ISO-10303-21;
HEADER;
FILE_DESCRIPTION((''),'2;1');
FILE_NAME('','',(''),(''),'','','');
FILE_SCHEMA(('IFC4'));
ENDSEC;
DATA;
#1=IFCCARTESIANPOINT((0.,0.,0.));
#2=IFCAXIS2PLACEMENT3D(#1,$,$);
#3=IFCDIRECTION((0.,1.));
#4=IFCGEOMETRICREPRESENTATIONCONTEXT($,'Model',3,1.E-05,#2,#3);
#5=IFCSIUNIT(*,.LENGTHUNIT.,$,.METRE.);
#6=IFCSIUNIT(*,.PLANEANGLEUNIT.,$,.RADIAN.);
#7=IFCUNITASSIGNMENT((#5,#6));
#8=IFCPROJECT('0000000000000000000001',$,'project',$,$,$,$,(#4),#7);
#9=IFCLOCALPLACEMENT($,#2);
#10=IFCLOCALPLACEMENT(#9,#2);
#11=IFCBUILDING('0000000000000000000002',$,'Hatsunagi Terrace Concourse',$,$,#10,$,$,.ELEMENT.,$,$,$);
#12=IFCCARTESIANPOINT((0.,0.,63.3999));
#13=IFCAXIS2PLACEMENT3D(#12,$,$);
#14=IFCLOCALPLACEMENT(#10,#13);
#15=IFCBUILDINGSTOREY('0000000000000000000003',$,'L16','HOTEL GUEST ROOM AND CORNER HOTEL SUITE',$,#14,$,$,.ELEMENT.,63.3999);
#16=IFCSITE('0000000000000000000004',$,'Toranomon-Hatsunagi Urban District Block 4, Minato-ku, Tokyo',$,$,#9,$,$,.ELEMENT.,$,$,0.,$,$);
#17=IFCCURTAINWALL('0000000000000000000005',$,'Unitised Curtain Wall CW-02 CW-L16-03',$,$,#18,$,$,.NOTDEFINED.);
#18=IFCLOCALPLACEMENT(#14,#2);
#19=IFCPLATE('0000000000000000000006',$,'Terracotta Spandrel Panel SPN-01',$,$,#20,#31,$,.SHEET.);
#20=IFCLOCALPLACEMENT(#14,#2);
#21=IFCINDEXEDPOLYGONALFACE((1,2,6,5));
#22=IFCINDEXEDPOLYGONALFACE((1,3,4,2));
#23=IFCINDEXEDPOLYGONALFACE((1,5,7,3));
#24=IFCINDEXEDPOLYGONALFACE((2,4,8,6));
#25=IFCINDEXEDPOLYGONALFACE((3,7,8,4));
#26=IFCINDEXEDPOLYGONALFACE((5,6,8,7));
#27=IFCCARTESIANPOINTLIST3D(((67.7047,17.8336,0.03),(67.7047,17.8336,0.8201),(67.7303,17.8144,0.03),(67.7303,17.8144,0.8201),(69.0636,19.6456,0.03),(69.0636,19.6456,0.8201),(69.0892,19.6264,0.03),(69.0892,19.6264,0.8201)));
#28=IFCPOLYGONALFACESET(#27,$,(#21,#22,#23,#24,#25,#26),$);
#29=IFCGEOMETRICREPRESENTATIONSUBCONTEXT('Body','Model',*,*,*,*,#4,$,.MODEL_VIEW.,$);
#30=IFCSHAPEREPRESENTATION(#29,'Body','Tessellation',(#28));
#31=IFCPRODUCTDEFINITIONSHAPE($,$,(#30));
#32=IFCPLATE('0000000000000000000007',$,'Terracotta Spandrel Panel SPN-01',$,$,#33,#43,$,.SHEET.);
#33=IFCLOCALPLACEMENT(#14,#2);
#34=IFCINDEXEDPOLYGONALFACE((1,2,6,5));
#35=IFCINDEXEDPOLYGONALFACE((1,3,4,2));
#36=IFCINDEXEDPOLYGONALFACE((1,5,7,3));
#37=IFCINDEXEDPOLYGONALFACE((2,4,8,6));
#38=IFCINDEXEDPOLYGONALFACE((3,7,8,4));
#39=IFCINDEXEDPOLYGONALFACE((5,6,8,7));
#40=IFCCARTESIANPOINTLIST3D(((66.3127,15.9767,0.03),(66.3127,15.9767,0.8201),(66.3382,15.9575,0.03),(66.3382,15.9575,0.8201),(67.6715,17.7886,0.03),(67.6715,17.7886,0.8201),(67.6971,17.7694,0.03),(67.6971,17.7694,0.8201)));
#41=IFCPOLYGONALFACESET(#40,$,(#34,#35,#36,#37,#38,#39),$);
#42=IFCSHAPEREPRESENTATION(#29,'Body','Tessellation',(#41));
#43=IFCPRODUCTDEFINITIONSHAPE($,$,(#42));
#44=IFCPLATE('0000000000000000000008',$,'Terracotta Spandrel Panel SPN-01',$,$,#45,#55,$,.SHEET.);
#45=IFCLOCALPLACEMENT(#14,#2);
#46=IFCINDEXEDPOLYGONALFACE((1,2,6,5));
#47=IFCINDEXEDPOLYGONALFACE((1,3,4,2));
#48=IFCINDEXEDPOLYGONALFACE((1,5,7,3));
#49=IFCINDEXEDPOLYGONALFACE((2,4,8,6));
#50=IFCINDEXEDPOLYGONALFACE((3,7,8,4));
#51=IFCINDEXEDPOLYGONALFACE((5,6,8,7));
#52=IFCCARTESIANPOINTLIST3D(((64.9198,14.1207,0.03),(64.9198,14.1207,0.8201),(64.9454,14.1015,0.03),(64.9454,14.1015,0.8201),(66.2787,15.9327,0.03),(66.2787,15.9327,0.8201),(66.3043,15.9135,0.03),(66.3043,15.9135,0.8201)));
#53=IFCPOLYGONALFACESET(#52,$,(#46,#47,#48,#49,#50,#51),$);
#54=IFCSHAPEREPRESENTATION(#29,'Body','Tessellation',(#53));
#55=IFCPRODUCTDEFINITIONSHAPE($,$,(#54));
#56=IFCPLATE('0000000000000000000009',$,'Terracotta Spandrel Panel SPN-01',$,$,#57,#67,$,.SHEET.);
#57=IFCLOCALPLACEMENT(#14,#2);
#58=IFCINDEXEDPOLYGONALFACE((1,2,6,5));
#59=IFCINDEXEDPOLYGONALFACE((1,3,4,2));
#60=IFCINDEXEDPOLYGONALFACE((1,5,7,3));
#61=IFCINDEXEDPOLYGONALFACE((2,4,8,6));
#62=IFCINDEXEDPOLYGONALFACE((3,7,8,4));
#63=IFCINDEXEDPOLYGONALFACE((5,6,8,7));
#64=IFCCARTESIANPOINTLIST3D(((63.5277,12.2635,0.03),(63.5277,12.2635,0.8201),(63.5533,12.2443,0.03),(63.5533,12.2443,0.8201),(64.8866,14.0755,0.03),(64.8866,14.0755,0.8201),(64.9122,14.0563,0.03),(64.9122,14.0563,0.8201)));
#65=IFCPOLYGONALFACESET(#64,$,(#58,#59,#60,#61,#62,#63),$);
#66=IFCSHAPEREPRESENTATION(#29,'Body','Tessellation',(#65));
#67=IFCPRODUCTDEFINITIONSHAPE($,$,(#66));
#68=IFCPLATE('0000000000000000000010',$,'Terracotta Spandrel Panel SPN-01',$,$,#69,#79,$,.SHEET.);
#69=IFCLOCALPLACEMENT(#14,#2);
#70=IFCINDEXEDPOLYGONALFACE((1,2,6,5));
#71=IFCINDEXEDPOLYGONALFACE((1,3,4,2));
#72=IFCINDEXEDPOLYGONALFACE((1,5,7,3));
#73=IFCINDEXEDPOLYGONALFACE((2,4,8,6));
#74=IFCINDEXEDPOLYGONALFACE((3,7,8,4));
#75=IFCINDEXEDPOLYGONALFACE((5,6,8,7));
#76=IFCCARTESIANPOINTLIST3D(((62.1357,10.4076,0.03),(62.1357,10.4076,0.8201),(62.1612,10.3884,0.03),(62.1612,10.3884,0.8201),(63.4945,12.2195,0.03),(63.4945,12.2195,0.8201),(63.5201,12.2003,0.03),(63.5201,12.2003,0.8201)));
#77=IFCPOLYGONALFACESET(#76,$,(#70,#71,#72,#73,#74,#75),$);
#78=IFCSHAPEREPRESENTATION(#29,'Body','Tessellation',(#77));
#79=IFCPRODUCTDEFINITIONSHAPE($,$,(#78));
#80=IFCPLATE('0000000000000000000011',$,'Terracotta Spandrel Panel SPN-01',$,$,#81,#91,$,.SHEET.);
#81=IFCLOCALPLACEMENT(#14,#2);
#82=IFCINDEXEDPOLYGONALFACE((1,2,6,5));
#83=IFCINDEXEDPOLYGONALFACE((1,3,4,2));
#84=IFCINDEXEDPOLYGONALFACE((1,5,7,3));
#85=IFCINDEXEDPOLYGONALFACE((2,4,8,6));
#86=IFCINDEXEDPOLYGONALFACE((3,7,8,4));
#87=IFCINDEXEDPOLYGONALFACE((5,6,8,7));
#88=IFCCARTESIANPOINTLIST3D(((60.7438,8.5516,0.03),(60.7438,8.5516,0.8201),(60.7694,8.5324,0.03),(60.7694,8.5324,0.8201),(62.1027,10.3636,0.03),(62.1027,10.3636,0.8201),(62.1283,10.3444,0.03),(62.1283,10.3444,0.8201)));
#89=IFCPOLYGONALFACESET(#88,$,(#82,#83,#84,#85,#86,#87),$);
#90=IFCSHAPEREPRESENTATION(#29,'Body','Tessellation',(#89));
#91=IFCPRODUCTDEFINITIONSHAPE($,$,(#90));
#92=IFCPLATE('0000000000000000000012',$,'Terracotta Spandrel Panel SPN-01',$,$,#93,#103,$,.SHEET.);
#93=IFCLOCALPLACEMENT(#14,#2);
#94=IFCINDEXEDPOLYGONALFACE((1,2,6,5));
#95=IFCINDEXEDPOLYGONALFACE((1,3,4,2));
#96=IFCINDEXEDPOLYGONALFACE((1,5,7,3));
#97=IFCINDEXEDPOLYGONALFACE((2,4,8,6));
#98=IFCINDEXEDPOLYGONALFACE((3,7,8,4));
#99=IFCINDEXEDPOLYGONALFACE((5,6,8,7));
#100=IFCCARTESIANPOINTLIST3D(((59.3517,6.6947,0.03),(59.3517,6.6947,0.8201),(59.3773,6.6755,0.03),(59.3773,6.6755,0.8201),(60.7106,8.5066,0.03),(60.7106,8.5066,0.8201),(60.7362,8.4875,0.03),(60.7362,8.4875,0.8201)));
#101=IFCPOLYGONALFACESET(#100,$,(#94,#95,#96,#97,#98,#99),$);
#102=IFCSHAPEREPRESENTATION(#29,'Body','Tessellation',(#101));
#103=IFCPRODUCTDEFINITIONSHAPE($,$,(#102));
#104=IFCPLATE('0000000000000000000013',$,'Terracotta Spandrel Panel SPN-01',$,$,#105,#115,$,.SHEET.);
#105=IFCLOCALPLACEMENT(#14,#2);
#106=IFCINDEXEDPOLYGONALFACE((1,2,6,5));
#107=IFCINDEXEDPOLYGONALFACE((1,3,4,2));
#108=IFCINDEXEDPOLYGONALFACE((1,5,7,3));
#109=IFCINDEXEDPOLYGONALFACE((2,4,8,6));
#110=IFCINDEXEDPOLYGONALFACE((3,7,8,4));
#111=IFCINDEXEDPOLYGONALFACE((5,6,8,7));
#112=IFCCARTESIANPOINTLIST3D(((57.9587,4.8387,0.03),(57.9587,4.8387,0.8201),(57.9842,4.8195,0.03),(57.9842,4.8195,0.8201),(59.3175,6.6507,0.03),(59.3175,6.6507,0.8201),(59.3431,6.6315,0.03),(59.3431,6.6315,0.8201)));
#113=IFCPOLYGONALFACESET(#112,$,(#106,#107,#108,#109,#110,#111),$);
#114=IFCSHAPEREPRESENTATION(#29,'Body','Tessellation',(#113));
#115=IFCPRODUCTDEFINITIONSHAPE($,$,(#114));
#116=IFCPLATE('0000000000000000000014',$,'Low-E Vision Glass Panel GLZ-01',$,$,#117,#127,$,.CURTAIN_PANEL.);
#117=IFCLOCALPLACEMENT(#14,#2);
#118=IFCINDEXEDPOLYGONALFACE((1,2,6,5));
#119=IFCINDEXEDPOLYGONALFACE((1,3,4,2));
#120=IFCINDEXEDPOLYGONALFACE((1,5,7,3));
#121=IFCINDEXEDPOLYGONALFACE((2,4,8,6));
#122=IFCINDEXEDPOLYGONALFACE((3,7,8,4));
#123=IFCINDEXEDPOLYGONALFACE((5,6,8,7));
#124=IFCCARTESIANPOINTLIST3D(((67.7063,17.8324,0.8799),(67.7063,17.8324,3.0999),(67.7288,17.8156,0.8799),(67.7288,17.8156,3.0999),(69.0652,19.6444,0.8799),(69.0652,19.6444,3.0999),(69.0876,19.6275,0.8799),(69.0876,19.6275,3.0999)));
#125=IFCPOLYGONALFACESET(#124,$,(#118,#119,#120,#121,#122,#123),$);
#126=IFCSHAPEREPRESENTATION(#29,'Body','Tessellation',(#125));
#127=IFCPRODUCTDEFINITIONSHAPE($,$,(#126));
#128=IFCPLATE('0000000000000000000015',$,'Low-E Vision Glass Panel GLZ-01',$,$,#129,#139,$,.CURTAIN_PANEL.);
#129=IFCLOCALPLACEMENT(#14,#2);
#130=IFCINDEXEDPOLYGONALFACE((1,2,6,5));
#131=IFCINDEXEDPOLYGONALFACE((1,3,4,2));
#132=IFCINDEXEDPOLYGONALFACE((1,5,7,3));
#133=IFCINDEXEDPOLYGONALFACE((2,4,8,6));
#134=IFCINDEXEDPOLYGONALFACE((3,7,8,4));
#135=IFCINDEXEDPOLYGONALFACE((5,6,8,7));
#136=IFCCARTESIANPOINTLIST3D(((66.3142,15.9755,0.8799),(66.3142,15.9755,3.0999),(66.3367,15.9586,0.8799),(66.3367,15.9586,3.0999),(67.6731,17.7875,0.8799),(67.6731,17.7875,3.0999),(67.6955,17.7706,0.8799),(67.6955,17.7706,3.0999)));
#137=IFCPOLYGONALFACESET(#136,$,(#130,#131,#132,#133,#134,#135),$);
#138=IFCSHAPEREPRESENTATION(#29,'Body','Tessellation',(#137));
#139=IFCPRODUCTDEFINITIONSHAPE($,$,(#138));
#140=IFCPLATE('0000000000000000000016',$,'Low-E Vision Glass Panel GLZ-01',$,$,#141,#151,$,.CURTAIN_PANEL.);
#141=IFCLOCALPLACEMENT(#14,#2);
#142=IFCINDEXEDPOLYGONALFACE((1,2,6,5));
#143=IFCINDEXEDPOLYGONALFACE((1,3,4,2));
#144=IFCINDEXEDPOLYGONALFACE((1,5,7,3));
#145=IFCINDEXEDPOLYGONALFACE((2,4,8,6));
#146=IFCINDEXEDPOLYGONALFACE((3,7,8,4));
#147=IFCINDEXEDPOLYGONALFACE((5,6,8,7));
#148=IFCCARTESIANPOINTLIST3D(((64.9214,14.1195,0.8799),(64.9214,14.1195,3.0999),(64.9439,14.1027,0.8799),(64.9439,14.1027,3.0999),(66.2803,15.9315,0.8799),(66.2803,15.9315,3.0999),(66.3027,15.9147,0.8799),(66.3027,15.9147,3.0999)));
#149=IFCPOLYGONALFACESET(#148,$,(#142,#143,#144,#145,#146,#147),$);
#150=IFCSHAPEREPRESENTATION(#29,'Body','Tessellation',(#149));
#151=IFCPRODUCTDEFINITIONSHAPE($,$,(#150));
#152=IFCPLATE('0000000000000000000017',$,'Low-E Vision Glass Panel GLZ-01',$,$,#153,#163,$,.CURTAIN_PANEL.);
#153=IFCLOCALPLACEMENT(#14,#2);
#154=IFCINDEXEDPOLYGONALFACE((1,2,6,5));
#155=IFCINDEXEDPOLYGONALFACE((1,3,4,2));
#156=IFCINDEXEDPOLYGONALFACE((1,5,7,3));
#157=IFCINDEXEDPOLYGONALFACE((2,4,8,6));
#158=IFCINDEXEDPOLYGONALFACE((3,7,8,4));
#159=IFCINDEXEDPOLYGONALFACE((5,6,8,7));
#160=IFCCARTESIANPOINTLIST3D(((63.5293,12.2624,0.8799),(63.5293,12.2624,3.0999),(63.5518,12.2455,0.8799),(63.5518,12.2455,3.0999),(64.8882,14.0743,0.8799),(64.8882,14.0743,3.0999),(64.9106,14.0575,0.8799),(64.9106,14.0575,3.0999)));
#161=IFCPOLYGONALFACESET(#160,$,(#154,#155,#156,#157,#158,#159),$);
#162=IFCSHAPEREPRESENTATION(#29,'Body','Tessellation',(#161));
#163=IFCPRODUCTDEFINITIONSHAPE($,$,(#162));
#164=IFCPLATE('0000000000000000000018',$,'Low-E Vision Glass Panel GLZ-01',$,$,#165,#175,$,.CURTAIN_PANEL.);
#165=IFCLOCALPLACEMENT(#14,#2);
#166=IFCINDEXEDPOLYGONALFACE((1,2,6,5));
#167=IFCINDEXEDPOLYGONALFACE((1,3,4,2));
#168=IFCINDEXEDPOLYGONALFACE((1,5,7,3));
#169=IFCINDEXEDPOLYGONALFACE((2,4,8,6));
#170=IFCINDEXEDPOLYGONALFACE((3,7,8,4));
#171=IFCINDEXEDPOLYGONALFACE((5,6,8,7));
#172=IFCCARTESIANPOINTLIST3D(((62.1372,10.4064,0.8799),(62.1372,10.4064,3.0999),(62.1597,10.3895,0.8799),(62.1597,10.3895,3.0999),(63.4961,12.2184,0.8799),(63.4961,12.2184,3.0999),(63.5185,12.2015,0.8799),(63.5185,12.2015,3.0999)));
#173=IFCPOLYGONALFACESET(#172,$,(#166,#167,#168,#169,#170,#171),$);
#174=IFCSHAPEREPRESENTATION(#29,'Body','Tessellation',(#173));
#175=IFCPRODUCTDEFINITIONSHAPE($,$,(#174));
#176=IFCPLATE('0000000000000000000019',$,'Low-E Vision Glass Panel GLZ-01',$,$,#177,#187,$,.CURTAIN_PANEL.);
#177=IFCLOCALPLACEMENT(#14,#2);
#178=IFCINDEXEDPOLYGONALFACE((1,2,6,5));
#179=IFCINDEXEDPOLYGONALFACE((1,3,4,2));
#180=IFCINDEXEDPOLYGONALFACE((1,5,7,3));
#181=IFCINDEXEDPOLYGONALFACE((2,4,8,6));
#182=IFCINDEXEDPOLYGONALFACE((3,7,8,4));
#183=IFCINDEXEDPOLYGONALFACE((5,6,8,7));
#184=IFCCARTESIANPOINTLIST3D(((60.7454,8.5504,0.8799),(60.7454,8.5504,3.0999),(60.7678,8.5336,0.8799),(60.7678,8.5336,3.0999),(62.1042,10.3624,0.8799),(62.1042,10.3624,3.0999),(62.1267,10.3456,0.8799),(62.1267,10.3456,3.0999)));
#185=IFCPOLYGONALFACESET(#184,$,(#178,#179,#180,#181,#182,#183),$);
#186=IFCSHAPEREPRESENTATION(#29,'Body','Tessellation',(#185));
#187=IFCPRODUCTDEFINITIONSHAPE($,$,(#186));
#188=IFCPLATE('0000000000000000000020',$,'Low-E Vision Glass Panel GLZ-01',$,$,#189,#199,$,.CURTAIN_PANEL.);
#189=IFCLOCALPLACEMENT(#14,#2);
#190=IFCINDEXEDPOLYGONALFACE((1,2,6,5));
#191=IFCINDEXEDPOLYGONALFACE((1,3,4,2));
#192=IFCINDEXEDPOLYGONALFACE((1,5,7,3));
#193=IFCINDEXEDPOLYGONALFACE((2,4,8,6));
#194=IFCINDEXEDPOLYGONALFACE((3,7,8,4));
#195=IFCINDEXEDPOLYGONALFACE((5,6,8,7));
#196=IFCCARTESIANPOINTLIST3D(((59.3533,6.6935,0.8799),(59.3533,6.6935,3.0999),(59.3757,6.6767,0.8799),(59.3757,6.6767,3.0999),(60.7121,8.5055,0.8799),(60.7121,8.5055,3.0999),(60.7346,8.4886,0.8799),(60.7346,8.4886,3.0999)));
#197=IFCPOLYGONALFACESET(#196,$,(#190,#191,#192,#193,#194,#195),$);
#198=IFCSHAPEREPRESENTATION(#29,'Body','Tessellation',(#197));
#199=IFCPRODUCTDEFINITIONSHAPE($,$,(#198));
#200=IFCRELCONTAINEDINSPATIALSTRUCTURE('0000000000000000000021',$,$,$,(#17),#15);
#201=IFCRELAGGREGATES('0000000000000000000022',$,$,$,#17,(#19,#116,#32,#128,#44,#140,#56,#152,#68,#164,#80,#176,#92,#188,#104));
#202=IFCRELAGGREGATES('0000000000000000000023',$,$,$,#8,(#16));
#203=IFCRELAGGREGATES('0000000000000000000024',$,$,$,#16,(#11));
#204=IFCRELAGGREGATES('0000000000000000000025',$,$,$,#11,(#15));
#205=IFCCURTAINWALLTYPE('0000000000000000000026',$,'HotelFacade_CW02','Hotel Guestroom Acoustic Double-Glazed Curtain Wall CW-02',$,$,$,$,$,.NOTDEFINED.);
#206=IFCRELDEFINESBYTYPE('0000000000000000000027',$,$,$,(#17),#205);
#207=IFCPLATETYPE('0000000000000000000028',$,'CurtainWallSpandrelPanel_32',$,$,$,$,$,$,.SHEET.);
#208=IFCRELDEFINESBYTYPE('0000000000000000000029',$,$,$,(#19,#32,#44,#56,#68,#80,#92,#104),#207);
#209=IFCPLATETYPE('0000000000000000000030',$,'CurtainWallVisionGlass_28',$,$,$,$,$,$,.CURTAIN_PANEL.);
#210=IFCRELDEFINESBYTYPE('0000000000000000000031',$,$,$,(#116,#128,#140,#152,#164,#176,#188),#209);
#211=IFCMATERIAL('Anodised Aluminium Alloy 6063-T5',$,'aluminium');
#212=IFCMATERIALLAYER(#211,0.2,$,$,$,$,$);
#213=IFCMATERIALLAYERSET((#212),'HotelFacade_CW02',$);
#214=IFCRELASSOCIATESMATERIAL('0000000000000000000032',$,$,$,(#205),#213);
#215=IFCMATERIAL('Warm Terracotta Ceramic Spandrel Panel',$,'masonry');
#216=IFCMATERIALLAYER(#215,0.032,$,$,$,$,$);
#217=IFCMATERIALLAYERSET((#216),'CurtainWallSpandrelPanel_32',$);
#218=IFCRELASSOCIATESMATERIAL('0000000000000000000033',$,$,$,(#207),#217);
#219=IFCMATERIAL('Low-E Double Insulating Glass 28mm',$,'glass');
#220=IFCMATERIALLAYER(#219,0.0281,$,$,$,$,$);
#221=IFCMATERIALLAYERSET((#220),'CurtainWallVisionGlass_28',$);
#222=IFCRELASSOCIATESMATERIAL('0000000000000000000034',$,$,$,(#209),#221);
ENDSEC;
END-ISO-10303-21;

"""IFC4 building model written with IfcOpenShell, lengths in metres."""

from ifc_helpers import new_model, si_unit, direction, frame, origin, origin_2d, place, context, subcontext, project, spatial, rectangle, extrude, material, layer, layer_set, type_object, element, aggregate, save


model = new_model("IFC4")

# Units and contexts
model_context = context("Model", 3, precision=1e-05, world=origin(), true_north=direction((0.0, 1.0)))
body_context = subcontext(model_context, "Body", "Model", "MODEL_VIEW")
ifc_project = project(units=[si_unit("LENGTHUNIT", "METRE"), si_unit("PLANEANGLEUNIT", "RADIAN")], contexts=[model_context])

# Site, building, storey
site_placement = place(None, origin())
site = spatial("IfcSite", under=ifc_project, at=site_placement, Name="Toranomon-Hatsunagi Urban District Block 4, Minato-ku, Tokyo", CompositionType="ELEMENT", RefElevation=0.0)
building_placement = place(site_placement, origin())
building = spatial("IfcBuilding", under=site, at=building_placement, Name="Hatsunagi Terrace Concourse", CompositionType="ELEMENT")
storey_placement = place(building_placement, frame((0.0, 0.0, 63.3999)))
storey = spatial("IfcBuildingStorey", under=building, at=storey_placement, Name="L16", Description="HOTEL GUEST ROOM AND CORNER HOTEL SUITE", CompositionType="ELEMENT", Elevation=63.3999)

# Curtain wall
ifc_material_1 = material(Name="Anodised Aluminium Alloy 6063-T5", Category="aluminium")
ifc_layer_1 = layer(ifc_material_1, 0.2)
ifc_layer_set_1 = layer_set([ifc_layer_1], Name="HotelFacade_CW02")
curtain_wall_type = type_object("IfcCurtainWallType", Name="HotelFacade_CW02", Description="Hotel Guestroom Acoustic Double-Glazed Curtain Wall CW-02", PredefinedType="NOTDEFINED", material=ifc_layer_set_1)
curtain_wall_placement = place(storey_placement, origin())
curtain_wall = element("IfcCurtainWall", 1, at=curtain_wall_placement, inside=storey, type_object=curtain_wall_type, Name="Unitised Curtain Wall CW-02 CW-L16-03", PredefinedType="NOTDEFINED")

# Plates
ifc_material_2 = material(Name="Warm Terracotta Ceramic Spandrel Panel", Category="masonry")
ifc_layer_2 = layer(ifc_material_2, 0.032)
ifc_layer_set_2 = layer_set([ifc_layer_2], Name="CurtainWallSpandrelPanel_32")
plate_type_1 = type_object("IfcPlateType", Name="CurtainWallSpandrelPanel_32", PredefinedType="SHEET", material=ifc_layer_set_2)
plate_1_placement = place(storey_placement, frame((68.397, 18.73, 0.03), z_axis=(0.0, 0.0, 1.0), x_axis=(-0.599969, -0.800023, 0.0)))
plate_1 = element("IfcPlate", 2, at=plate_1_placement, type_object=plate_type_1, Name="Terracotta Spandrel Panel SPN-01", PredefinedType="SHEET", context=body_context, shape_type="SweptSolid", body=[
    extrude(rectangle(XDim=2.2649, YDim=0.032, at=origin_2d()), origin(), (0.0, 0.0, 1.0), 0.79),
])
plate_2_placement = place(storey_placement, frame((67.0049, 16.873, 0.03), z_axis=(0.0, 0.0, 1.0), x_axis=(-0.599969, -0.800023, 0.0)))
plate_2 = element("IfcPlate", 3, at=plate_2_placement, type_object=plate_type_1, Name="Terracotta Spandrel Panel SPN-01", PredefinedType="SHEET", context=body_context, shape_type="SweptSolid", body=[
    extrude(rectangle(XDim=2.2649, YDim=0.032, at=origin_2d()), origin(), (0.0, 0.0, 1.0), 0.79),
])
plate_3_placement = place(storey_placement, frame((65.6121, 15.0171, 0.03), z_axis=(0.0, 0.0, 1.0), x_axis=(-0.599969, -0.800023, 0.0)))
plate_3 = element("IfcPlate", 4, at=plate_3_placement, type_object=plate_type_1, Name="Terracotta Spandrel Panel SPN-01", PredefinedType="SHEET", context=body_context, shape_type="SweptSolid", body=[
    extrude(rectangle(XDim=2.2649, YDim=0.032, at=origin_2d()), origin(), (0.0, 0.0, 1.0), 0.79),
])
plate_4_placement = place(storey_placement, frame((64.22, 13.1599, 0.03), z_axis=(0.0, 0.0, 1.0), x_axis=(-0.599969, -0.800023, 0.0)))
plate_4 = element("IfcPlate", 5, at=plate_4_placement, type_object=plate_type_1, Name="Terracotta Spandrel Panel SPN-01", PredefinedType="SHEET", context=body_context, shape_type="SweptSolid", body=[
    extrude(rectangle(XDim=2.2649, YDim=0.032, at=origin_2d()), origin(), (0.0, 0.0, 1.0), 0.79),
])
plate_5_placement = place(storey_placement, frame((62.8279, 11.304, 0.03), z_axis=(0.0, 0.0, 1.0), x_axis=(-0.599969, -0.800023, 0.0)))
plate_5 = element("IfcPlate", 6, at=plate_5_placement, type_object=plate_type_1, Name="Terracotta Spandrel Panel SPN-01", PredefinedType="SHEET", context=body_context, shape_type="SweptSolid", body=[
    extrude(rectangle(XDim=2.2649, YDim=0.032, at=origin_2d()), origin(), (0.0, 0.0, 1.0), 0.79),
])
plate_6_placement = place(storey_placement, frame((61.436, 9.448, 0.03), z_axis=(0.0, 0.0, 1.0), x_axis=(-0.599969, -0.800023, 0.0)))
plate_6 = element("IfcPlate", 7, at=plate_6_placement, type_object=plate_type_1, Name="Terracotta Spandrel Panel SPN-01", PredefinedType="SHEET", context=body_context, shape_type="SweptSolid", body=[
    extrude(rectangle(XDim=2.2649, YDim=0.032, at=origin_2d()), origin(), (0.0, 0.0, 1.0), 0.79),
])
plate_7_placement = place(storey_placement, frame((60.0439, 7.5911, 0.03), z_axis=(0.0, 0.0, 1.0), x_axis=(-0.599969, -0.800023, 0.0)))
plate_7 = element("IfcPlate", 8, at=plate_7_placement, type_object=plate_type_1, Name="Terracotta Spandrel Panel SPN-01", PredefinedType="SHEET", context=body_context, shape_type="SweptSolid", body=[
    extrude(rectangle(XDim=2.2649, YDim=0.032, at=origin_2d()), origin(), (0.0, 0.0, 1.0), 0.79),
])
plate_8_placement = place(storey_placement, frame((58.6509, 5.7351, 0.03), z_axis=(0.0, 0.0, 1.0), x_axis=(-0.599969, -0.800023, 0.0)))
plate_8 = element("IfcPlate", 9, at=plate_8_placement, type_object=plate_type_1, Name="Terracotta Spandrel Panel SPN-01", PredefinedType="SHEET", context=body_context, shape_type="SweptSolid", body=[
    extrude(rectangle(XDim=2.2649, YDim=0.032, at=origin_2d()), origin(), (0.0, 0.0, 1.0), 0.79),
])
ifc_material_3 = material(Name="Low-E Double Insulating Glass 28mm", Category="glass")
ifc_layer_3 = layer(ifc_material_3, 0.0281)
ifc_layer_set_3 = layer_set([ifc_layer_3], Name="CurtainWallVisionGlass_28")
plate_type_2 = type_object("IfcPlateType", Name="CurtainWallVisionGlass_28", PredefinedType="CURTAIN_PANEL", material=ifc_layer_set_3)
plate_9_placement = place(storey_placement, frame((68.397, 18.73, 0.8799), z_axis=(0.0, 0.0, 1.0), x_axis=(-0.599969, -0.800023, 0.0)))
plate_9 = element("IfcPlate", 10, at=plate_9_placement, type_object=plate_type_2, Name="Low-E Vision Glass Panel GLZ-01", PredefinedType="CURTAIN_PANEL", context=body_context, shape_type="SweptSolid", body=[
    extrude(rectangle(XDim=2.2649, YDim=0.0281, at=origin_2d()), origin(), (0.0, 0.0, 1.0), 2.22),
])
plate_10_placement = place(storey_placement, frame((67.0049, 16.873, 0.8799), z_axis=(0.0, 0.0, 1.0), x_axis=(-0.599969, -0.800023, 0.0)))
plate_10 = element("IfcPlate", 11, at=plate_10_placement, type_object=plate_type_2, Name="Low-E Vision Glass Panel GLZ-01", PredefinedType="CURTAIN_PANEL", context=body_context, shape_type="SweptSolid", body=[
    extrude(rectangle(XDim=2.2649, YDim=0.0281, at=origin_2d()), origin(), (0.0, 0.0, 1.0), 2.22),
])
plate_11_placement = place(storey_placement, frame((65.6121, 15.0171, 0.8799), z_axis=(0.0, 0.0, 1.0), x_axis=(-0.599969, -0.800023, 0.0)))
plate_11 = element("IfcPlate", 12, at=plate_11_placement, type_object=plate_type_2, Name="Low-E Vision Glass Panel GLZ-01", PredefinedType="CURTAIN_PANEL", context=body_context, shape_type="SweptSolid", body=[
    extrude(rectangle(XDim=2.2649, YDim=0.0281, at=origin_2d()), origin(), (0.0, 0.0, 1.0), 2.22),
])
plate_12_placement = place(storey_placement, frame((64.22, 13.1599, 0.8799), z_axis=(0.0, 0.0, 1.0), x_axis=(-0.599969, -0.800023, 0.0)))
plate_12 = element("IfcPlate", 13, at=plate_12_placement, type_object=plate_type_2, Name="Low-E Vision Glass Panel GLZ-01", PredefinedType="CURTAIN_PANEL", context=body_context, shape_type="SweptSolid", body=[
    extrude(rectangle(XDim=2.2649, YDim=0.0281, at=origin_2d()), origin(), (0.0, 0.0, 1.0), 2.22),
])
plate_13_placement = place(storey_placement, frame((62.8279, 11.304, 0.8799), z_axis=(0.0, 0.0, 1.0), x_axis=(-0.599969, -0.800023, 0.0)))
plate_13 = element("IfcPlate", 14, at=plate_13_placement, type_object=plate_type_2, Name="Low-E Vision Glass Panel GLZ-01", PredefinedType="CURTAIN_PANEL", context=body_context, shape_type="SweptSolid", body=[
    extrude(rectangle(XDim=2.2649, YDim=0.0281, at=origin_2d()), origin(), (0.0, 0.0, 1.0), 2.22),
])
plate_14_placement = place(storey_placement, frame((61.436, 9.448, 0.8799), z_axis=(0.0, 0.0, 1.0), x_axis=(-0.599969, -0.800023, 0.0)))
plate_14 = element("IfcPlate", 15, at=plate_14_placement, type_object=plate_type_2, Name="Low-E Vision Glass Panel GLZ-01", PredefinedType="CURTAIN_PANEL", context=body_context, shape_type="SweptSolid", body=[
    extrude(rectangle(XDim=2.2649, YDim=0.0281, at=origin_2d()), origin(), (0.0, 0.0, 1.0), 2.22),
])
plate_15_placement = place(storey_placement, frame((60.0439, 7.5911, 0.8799), z_axis=(0.0, 0.0, 1.0), x_axis=(-0.599969, -0.800023, 0.0)))
plate_15 = element("IfcPlate", 16, at=plate_15_placement, type_object=plate_type_2, Name="Low-E Vision Glass Panel GLZ-01", PredefinedType="CURTAIN_PANEL", context=body_context, shape_type="SweptSolid", body=[
    extrude(rectangle(XDim=2.2649, YDim=0.0281, at=origin_2d()), origin(), (0.0, 0.0, 1.0), 2.22),
])
aggregate(curtain_wall, [plate_1, plate_9, plate_2, plate_10, plate_3, plate_11, plate_4, plate_12, plate_5, plate_13, plate_6, plate_14, plate_7, plate_15, plate_8])

save(model, "model.ifc")
